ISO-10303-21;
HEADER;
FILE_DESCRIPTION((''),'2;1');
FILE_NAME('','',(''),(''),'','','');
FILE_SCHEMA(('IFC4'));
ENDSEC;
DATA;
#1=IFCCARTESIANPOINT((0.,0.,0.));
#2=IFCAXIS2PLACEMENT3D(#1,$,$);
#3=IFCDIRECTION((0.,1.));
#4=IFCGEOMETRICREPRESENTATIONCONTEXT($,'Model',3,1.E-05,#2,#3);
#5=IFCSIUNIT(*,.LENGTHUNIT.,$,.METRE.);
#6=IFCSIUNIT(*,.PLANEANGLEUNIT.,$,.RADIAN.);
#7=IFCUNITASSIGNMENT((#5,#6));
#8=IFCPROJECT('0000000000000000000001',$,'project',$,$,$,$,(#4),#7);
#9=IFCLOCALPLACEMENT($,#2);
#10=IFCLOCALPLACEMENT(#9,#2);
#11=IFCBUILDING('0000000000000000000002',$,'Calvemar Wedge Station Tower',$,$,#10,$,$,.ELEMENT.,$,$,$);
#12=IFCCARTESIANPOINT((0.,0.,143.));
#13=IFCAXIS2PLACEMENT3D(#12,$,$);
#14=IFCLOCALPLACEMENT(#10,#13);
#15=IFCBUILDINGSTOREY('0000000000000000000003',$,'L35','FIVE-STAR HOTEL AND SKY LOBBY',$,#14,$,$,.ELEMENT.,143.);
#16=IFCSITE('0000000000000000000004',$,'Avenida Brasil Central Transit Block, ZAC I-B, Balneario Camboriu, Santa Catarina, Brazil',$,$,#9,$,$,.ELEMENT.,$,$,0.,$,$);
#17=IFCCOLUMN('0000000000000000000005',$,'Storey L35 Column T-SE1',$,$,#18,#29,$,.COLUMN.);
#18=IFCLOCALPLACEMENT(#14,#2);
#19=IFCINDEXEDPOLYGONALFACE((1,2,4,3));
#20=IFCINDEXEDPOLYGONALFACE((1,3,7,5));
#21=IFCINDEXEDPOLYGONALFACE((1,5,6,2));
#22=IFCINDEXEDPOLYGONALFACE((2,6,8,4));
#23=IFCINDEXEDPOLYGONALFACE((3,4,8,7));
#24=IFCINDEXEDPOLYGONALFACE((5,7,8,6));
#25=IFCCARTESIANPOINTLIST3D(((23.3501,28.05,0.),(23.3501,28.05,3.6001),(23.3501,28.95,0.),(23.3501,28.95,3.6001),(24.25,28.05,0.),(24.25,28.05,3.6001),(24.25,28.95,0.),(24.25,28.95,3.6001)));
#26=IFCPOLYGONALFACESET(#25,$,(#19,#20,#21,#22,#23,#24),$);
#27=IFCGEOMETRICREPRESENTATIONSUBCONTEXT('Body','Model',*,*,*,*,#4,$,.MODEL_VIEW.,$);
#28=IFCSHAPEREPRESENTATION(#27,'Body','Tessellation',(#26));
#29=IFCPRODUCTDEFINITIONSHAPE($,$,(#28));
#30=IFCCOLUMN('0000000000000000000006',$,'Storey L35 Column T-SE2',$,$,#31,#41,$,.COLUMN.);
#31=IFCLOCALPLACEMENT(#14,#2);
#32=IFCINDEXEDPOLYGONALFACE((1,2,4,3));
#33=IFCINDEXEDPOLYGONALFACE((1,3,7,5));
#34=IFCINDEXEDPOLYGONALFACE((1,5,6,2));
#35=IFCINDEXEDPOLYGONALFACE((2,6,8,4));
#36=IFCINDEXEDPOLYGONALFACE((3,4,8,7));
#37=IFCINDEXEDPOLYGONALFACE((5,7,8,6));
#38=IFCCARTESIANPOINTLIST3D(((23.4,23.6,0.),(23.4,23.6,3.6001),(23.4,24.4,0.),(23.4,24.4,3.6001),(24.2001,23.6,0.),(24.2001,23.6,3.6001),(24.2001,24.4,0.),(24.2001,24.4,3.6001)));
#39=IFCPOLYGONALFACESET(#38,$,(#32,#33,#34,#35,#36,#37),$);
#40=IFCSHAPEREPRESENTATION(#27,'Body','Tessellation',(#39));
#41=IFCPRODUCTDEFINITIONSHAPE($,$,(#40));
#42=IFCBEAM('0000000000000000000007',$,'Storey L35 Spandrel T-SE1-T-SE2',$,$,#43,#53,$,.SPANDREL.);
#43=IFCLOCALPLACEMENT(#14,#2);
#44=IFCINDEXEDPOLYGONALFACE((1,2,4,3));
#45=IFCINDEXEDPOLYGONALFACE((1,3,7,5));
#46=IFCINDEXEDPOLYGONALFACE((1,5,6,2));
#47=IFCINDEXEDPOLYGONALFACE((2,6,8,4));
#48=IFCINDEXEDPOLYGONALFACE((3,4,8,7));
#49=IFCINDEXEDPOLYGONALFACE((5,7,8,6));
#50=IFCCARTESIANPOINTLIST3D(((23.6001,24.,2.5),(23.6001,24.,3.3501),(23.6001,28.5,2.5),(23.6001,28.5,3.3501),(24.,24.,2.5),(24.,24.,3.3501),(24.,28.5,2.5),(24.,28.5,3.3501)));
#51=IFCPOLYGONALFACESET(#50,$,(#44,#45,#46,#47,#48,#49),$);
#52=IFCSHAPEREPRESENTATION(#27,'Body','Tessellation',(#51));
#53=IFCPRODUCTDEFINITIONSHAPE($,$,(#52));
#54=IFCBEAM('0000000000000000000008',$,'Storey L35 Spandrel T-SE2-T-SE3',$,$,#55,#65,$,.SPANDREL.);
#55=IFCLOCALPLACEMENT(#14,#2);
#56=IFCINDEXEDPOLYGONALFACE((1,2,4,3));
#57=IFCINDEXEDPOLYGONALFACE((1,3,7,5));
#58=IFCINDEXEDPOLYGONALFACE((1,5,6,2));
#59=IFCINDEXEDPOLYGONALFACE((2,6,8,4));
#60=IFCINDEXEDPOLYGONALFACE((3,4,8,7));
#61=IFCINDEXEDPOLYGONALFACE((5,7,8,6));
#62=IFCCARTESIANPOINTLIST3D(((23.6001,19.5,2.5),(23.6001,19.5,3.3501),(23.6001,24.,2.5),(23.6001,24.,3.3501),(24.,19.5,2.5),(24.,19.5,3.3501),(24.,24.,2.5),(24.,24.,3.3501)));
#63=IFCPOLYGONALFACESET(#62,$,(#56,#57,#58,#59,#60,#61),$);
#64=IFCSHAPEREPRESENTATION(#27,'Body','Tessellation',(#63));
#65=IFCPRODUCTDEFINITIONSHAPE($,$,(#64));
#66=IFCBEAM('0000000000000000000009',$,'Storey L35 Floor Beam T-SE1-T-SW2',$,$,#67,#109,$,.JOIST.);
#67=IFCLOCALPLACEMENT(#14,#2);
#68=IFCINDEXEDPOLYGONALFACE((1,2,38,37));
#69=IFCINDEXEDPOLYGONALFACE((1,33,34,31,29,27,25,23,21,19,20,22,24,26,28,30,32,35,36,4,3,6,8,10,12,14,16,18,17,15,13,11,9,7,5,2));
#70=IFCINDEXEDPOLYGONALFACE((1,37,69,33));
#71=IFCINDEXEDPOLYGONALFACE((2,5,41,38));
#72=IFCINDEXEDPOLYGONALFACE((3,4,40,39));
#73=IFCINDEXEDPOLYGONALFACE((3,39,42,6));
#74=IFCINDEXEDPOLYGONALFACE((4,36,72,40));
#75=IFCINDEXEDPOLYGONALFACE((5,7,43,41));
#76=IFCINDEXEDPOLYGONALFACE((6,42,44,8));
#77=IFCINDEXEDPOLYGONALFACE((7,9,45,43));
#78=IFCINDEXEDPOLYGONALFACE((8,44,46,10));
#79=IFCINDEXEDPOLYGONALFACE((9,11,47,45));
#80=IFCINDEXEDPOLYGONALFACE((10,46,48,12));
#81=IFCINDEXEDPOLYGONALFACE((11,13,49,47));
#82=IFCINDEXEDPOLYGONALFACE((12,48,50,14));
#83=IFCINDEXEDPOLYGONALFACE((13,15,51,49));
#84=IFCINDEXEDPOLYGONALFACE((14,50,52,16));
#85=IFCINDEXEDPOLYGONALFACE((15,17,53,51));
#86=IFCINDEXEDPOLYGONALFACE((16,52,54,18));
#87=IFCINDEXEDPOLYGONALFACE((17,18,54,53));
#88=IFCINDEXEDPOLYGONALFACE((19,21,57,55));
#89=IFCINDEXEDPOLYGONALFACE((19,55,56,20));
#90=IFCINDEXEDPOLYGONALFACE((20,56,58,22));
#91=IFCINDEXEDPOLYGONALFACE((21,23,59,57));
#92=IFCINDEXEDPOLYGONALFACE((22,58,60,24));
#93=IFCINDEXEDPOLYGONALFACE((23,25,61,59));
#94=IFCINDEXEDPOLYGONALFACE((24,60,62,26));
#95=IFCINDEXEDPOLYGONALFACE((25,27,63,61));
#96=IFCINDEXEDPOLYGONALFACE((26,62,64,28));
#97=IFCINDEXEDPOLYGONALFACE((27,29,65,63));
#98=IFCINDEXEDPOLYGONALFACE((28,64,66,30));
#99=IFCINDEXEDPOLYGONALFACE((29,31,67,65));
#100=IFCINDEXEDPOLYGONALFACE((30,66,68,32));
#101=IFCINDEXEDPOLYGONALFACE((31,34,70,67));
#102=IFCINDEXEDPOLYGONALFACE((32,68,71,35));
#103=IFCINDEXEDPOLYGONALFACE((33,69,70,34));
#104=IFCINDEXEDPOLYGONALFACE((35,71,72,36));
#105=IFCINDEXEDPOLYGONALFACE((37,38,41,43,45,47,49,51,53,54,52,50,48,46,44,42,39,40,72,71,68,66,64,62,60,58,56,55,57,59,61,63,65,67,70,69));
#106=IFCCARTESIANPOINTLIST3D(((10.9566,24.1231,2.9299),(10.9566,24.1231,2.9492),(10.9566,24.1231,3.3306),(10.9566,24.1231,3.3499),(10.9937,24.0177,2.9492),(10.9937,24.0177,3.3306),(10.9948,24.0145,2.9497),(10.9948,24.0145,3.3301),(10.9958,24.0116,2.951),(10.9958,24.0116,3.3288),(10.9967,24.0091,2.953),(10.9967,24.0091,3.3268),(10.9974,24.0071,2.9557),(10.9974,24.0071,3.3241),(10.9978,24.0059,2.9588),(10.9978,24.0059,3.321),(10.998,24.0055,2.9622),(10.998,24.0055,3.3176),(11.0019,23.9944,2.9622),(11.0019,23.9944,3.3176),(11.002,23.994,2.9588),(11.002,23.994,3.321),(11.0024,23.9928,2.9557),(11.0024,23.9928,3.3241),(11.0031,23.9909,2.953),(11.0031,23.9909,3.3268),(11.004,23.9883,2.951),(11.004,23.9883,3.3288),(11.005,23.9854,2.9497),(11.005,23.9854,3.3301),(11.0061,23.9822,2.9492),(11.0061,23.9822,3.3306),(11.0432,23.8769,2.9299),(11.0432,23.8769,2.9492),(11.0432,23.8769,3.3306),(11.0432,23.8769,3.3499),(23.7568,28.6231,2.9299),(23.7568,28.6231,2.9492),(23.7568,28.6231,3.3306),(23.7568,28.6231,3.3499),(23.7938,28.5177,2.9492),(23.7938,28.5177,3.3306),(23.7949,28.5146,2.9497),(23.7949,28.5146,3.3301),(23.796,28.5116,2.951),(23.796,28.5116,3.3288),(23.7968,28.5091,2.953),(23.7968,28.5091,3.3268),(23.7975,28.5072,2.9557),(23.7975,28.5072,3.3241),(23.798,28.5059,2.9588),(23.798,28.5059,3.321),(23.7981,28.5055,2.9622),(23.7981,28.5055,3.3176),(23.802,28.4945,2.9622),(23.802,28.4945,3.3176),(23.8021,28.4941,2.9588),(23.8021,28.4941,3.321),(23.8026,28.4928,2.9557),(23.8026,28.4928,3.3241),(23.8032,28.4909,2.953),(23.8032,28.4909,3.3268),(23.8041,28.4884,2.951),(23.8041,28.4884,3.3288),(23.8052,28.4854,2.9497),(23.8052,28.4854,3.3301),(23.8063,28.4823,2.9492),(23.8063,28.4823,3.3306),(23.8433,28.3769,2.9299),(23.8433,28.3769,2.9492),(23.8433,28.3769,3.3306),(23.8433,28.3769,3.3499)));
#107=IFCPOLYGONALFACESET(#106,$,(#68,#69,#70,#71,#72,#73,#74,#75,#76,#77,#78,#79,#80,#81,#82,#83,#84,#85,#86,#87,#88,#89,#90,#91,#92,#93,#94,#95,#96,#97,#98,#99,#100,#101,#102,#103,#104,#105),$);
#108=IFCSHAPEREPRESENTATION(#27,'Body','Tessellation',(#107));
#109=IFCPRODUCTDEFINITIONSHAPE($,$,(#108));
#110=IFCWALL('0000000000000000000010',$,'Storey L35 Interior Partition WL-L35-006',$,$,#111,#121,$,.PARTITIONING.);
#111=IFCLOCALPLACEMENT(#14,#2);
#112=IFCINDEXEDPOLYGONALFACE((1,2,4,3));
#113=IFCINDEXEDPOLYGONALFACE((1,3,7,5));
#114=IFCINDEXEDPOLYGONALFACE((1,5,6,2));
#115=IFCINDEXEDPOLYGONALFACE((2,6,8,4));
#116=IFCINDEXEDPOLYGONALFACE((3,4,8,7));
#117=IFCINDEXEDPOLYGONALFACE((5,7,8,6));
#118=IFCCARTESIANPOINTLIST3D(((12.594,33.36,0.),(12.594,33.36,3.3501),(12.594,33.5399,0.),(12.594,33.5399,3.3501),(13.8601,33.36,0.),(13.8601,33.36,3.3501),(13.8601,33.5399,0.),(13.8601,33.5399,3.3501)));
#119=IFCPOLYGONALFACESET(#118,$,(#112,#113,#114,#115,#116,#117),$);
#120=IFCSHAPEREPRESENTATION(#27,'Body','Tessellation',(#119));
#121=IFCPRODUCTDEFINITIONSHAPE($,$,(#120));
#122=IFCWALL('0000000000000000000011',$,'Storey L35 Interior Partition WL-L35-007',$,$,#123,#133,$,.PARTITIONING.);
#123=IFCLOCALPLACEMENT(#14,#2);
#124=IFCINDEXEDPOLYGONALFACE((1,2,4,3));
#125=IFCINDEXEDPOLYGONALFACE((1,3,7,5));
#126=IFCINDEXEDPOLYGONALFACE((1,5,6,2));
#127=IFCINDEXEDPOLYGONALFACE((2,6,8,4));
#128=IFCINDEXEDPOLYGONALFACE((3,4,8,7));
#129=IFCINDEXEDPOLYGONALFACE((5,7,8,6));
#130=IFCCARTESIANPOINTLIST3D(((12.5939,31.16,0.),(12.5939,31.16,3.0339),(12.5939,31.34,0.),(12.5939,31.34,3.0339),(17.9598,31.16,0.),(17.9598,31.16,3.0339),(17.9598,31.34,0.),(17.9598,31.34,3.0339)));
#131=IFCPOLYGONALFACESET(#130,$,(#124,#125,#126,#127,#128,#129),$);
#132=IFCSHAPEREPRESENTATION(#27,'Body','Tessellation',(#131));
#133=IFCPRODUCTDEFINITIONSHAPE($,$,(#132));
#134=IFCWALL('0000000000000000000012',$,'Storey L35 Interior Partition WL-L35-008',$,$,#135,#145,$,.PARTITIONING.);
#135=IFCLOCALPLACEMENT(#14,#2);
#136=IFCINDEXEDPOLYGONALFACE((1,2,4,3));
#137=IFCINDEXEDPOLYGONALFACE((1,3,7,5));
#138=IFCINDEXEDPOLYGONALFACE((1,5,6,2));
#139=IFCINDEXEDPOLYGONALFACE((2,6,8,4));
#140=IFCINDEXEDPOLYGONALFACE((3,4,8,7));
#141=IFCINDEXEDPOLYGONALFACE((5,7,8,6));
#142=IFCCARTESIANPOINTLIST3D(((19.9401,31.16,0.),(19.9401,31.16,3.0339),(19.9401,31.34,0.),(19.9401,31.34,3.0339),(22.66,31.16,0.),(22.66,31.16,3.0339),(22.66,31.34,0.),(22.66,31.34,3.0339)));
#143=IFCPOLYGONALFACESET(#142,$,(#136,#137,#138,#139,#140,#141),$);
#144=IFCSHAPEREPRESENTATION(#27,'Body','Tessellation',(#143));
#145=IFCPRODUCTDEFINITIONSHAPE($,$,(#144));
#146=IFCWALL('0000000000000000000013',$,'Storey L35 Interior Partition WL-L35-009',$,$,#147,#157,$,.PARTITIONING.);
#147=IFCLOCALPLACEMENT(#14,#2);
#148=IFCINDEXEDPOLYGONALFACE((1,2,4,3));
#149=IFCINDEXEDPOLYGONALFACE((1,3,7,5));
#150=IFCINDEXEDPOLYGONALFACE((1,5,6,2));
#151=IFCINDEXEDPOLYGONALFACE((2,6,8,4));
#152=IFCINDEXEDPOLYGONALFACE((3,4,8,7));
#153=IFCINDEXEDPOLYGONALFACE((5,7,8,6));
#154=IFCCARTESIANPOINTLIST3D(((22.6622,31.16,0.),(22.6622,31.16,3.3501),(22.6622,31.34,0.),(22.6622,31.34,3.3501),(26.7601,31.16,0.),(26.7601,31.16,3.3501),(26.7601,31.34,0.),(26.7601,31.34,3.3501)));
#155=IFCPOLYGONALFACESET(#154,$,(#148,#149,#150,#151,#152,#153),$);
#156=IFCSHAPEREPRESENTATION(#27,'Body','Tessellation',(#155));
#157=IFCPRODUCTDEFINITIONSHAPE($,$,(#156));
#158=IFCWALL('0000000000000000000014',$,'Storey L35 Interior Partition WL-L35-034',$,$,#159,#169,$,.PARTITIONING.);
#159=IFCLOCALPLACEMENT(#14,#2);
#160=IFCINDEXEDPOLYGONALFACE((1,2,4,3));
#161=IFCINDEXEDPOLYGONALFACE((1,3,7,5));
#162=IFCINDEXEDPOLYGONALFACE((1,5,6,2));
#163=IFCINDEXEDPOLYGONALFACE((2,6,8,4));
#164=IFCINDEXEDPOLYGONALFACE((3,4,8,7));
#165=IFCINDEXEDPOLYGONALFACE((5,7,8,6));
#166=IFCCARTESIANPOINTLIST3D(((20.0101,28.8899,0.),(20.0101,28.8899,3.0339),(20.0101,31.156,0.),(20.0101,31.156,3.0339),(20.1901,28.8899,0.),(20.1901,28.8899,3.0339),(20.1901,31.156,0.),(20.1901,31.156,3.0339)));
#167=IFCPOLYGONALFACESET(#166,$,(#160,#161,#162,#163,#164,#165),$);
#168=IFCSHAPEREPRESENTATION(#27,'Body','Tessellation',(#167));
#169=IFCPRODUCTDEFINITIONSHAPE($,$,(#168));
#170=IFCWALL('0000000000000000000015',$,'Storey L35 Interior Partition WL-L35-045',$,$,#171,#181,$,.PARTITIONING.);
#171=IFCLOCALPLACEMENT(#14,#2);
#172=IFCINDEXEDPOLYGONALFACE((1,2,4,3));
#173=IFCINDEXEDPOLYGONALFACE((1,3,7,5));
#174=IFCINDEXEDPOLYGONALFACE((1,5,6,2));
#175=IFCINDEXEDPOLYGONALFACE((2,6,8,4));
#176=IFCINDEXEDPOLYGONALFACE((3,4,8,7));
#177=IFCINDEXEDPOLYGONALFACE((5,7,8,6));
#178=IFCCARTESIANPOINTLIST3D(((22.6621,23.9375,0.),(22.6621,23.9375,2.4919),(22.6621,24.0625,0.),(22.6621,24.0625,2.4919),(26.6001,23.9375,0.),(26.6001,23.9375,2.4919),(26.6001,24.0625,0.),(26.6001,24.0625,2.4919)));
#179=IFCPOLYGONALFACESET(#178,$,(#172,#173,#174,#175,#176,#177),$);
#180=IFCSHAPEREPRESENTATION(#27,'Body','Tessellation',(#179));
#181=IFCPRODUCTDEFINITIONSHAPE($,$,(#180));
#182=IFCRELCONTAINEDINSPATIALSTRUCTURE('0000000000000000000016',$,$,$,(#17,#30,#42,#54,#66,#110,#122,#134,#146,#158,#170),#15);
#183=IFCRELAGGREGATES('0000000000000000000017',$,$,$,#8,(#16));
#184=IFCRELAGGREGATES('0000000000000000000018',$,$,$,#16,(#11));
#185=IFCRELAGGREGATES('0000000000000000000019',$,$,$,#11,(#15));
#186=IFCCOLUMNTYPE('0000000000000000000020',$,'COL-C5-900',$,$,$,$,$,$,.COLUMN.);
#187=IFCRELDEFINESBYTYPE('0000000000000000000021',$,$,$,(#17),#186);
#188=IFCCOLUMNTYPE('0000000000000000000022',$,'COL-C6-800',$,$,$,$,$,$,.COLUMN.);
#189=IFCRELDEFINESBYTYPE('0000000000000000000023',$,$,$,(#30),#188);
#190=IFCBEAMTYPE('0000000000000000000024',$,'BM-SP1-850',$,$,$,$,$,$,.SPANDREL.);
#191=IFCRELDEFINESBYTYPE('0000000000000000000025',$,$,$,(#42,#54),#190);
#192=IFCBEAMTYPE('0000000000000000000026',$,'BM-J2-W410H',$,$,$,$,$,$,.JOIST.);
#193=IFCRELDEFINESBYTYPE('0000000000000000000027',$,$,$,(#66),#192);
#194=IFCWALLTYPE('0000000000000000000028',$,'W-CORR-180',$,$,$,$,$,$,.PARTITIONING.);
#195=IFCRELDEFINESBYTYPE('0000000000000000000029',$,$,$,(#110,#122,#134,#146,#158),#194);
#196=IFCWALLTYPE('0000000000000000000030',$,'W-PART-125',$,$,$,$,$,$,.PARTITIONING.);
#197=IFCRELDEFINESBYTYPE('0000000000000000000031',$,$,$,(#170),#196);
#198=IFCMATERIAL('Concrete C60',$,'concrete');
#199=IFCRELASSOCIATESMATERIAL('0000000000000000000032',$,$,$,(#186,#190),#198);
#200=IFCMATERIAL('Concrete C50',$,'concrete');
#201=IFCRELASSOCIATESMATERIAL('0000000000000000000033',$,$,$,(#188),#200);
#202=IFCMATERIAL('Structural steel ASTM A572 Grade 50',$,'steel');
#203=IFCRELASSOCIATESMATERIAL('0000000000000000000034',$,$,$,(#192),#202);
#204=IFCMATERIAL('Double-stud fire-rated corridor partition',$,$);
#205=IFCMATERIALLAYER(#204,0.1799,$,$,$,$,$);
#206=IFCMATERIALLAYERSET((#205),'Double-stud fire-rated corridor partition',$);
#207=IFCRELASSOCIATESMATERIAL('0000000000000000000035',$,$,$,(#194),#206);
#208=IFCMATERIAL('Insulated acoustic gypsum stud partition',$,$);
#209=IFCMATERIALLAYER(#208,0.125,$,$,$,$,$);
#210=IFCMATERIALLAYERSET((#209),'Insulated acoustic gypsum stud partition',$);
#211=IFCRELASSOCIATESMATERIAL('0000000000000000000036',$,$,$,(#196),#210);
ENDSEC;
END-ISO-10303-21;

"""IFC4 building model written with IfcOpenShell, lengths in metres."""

from ifc_helpers import new_model, si_unit, direction, frame, frame_2d, origin, origin_2d, place, context, subcontext, project, spatial, rectangle, i_section, extrude, source, transform, mapped, material, layer, layer_set, material_profile, profile_set, type_object, element, save


model = new_model("IFC4")

# Units and contexts
model_context = context("Model", 3, precision=1e-05, world=origin(), true_north=direction((0.0, 1.0)))
body_context = subcontext(model_context, "Body", "Model", "MODEL_VIEW")
ifc_project = project(units=[si_unit("LENGTHUNIT", "METRE"), si_unit("PLANEANGLEUNIT", "RADIAN")], contexts=[model_context])

# Site, building, storey
site_placement = place(None, origin())
site = spatial("IfcSite", under=ifc_project, at=site_placement, Name="Avenida Brasil Central Transit Block, ZAC I-B, Balneario Camboriu, Santa Catarina, Brazil", CompositionType="ELEMENT", RefElevation=0.0)
building_placement = place(site_placement, origin())
building = spatial("IfcBuilding", under=site, at=building_placement, Name="Calvemar Wedge Station Tower", CompositionType="ELEMENT")
storey_placement = place(building_placement, frame((0.0, 0.0, 143.0)))
storey = spatial("IfcBuildingStorey", under=building, at=storey_placement, Name="L35", Description="FIVE-STAR HOTEL AND SKY LOBBY", CompositionType="ELEMENT", Elevation=143.0)

# Columns
ifc_material_1 = material(Name="Concrete C60", Category="concrete")
ifc_material_profile_1 = material_profile(ifc_material_1, rectangle(XDim=0.8999, YDim=0.8999, at=origin_2d()), Name="RC900x900")
ifc_profile_set_1 = profile_set([ifc_material_profile_1], Name="Concrete C60")
column_type_1 = type_object("IfcColumnType", Name="COL-C5-900", PredefinedType="COLUMN", material=ifc_profile_set_1)
shared_shape_1 = source(origin(), body_context, "Body", "SweptSolid", [
    extrude(rectangle(XDim=0.8999, YDim=0.8999, at=origin_2d()), origin(), (0.0, 0.0, 1.0), 3.6001),
])
column_1_placement = place(storey_placement, frame((23.8, 28.5, 0.0), z_axis=(0.0, 0.0, 1.0), x_axis=(1.0, 0.0, 0.0)))
element("IfcColumn", 1, at=column_1_placement, inside=storey, type_object=column_type_1, Name="Storey L35 Column T-SE1", PredefinedType="COLUMN", context=body_context, shape_type="MappedRepresentation", body=[
    mapped(shared_shape_1, transform((0.0, 0.0, 0.0), scale=1.0)),
])
ifc_material_2 = material(Name="Concrete C50", Category="concrete")
ifc_material_profile_2 = material_profile(ifc_material_2, rectangle(XDim=0.8, YDim=0.8, at=origin_2d()), Name="RC800x800")
ifc_profile_set_2 = profile_set([ifc_material_profile_2], Name="Concrete C50")
column_type_2 = type_object("IfcColumnType", Name="COL-C6-800", PredefinedType="COLUMN", material=ifc_profile_set_2)
shared_shape_2 = source(origin(), body_context, "Body", "SweptSolid", [
    extrude(rectangle(XDim=0.8, YDim=0.8, at=origin_2d()), origin(), (0.0, 0.0, 1.0), 3.6001),
])
column_2_placement = place(storey_placement, frame((23.8, 24.0, 0.0), z_axis=(0.0, 0.0, 1.0), x_axis=(1.0, 0.0, 0.0)))
element("IfcColumn", 2, at=column_2_placement, inside=storey, type_object=column_type_2, Name="Storey L35 Column T-SE2", PredefinedType="COLUMN", context=body_context, shape_type="MappedRepresentation", body=[
    mapped(shared_shape_2, transform((0.0, 0.0, 0.0), scale=1.0)),
])

# Beams
ifc_material_profile_3 = material_profile(ifc_material_1, rectangle(XDim=0.3999, YDim=0.8501, at=origin_2d()), Name="RC400x850")
ifc_profile_set_3 = profile_set([ifc_material_profile_3], Name="Concrete C60")
beam_type_1 = type_object("IfcBeamType", Name="BM-SP1-850", PredefinedType="SPANDREL", material=ifc_profile_set_3)
shared_shape_3 = source(origin(), body_context, "Body", "SweptSolid", [
    extrude(rectangle(XDim=0.3999, YDim=0.8501, at=origin_2d()), origin(), (0.0, 0.0, 1.0), 4.5),
])
for number, where, z_axis, x_axis, name in (
    (3, (23.8, 28.5, 2.925), (0.0, -1.0, 0.0), (1.0, 0.0, 0.0), "Storey L35 Spandrel T-SE1-T-SE2"),
    (4, (23.8, 24.0, 2.925), (0.0, -1.0, 0.0), (1.0, 0.0, 0.0), "Storey L35 Spandrel T-SE2-T-SE3"),
):
    element("IfcBeam", number, at=place(storey_placement, frame(where, z_axis=z_axis, x_axis=x_axis)), inside=storey, type_object=beam_type_1, Name=name, PredefinedType="SPANDREL", context=body_context, shape_type="MappedRepresentation", body=[
        mapped(shared_shape_3, transform((0.0, 0.0, 0.0), scale=1.0)),
    ])
ifc_material_3 = material(Name="Structural steel ASTM A572 Grade 50", Category="steel")
ifc_material_profile_4 = material_profile(ifc_material_3, i_section(OverallWidth=0.261, OverallDepth=0.4199, WebThickness=0.0117, FlangeThickness=0.0193, FilletRadius=0.0129, at=origin_2d()), Name="W410x114")
ifc_profile_set_4 = profile_set([ifc_material_profile_4], Name="Structural steel ASTM A572 Grade 50")
beam_type_2 = type_object("IfcBeamType", Name="BM-J2-W410H", PredefinedType="JOIST", material=ifc_profile_set_4)
shared_shape_4 = source(origin(), body_context, "Body", "SweptSolid", [
    extrude(i_section(OverallWidth=0.261, OverallDepth=0.4199, WebThickness=0.0117, FlangeThickness=0.0193, FilletRadius=0.0129, at=origin_2d()), origin(), (0.0, 0.0, 1.0), 13.5681),
])
beam_placement = place(storey_placement, frame((23.8, 28.5, 3.1399), z_axis=(-0.943398, -0.331662, 0.0), x_axis=(0.331662, -0.943398, 0.0)))
element("IfcBeam", 5, at=beam_placement, inside=storey, type_object=beam_type_2, Name="Storey L35 Floor Beam T-SE1-T-SW2", PredefinedType="JOIST", context=body_context, shape_type="MappedRepresentation", body=[
    mapped(shared_shape_4, transform((0.0, 0.0, 0.0), scale=1.0)),
])

# Walls
ifc_material_4 = material(Name="Double-stud fire-rated corridor partition")
ifc_layer_1 = layer(ifc_material_4, 0.1799)
ifc_layer_set_1 = layer_set([ifc_layer_1], Name="Double-stud fire-rated corridor partition")
wall_type_1 = type_object("IfcWallType", Name="W-CORR-180", PredefinedType="PARTITIONING", material=ifc_layer_set_1)
wall_1_placement = place(storey_placement, frame((12.594, 33.45, 0.0), z_axis=(0.0, 0.0, 1.0), x_axis=(1.0, 0.0, 0.0)))
element("IfcWall", 6, at=wall_1_placement, inside=storey, type_object=wall_type_1, Name="Storey L35 Interior Partition WL-L35-006", PredefinedType="PARTITIONING", context=body_context, shape_type="SweptSolid", body=[
    extrude(rectangle(XDim=1.2661, YDim=0.1799, at=frame_2d((0.6331, 0.0))), origin(), (0.0, 0.0, 1.0), 3.3501),
])
wall_2_placement = place(storey_placement, frame((17.96, 31.25, 0.0), z_axis=(0.0, 0.0, 1.0), x_axis=(-1.0, 0.0, 0.0)))
element("IfcWall", 7, at=wall_2_placement, inside=storey, type_object=wall_type_1, Name="Storey L35 Interior Partition WL-L35-007", PredefinedType="PARTITIONING", context=body_context, shape_type="SweptSolid", body=[
    extrude(rectangle(XDim=5.366, YDim=0.1799, at=frame_2d((2.6831, 0.0))), origin(), (0.0, 0.0, 1.0), 3.0339),
])
wall_3_placement = place(storey_placement, frame((22.6599, 31.25, 0.0), z_axis=(0.0, 0.0, 1.0), x_axis=(-1.0, 0.0, 0.0)))
element("IfcWall", 8, at=wall_3_placement, inside=storey, type_object=wall_type_1, Name="Storey L35 Interior Partition WL-L35-008", PredefinedType="PARTITIONING", context=body_context, shape_type="SweptSolid", body=[
    extrude(rectangle(XDim=2.72, YDim=0.1799, at=frame_2d((1.3599, 0.0))), origin(), (0.0, 0.0, 1.0), 3.0339),
])
wall_4_placement = place(storey_placement, frame((26.76, 31.25, 0.0), z_axis=(0.0, 0.0, 1.0), x_axis=(-1.0, 0.0, 0.0)))
element("IfcWall", 9, at=wall_4_placement, inside=storey, type_object=wall_type_1, Name="Storey L35 Interior Partition WL-L35-009", PredefinedType="PARTITIONING", context=body_context, shape_type="SweptSolid", body=[
    extrude(rectangle(XDim=4.0979, YDim=0.1799, at=frame_2d((2.0488, 0.0))), origin(), (0.0, 0.0, 1.0), 3.3501),
])
wall_5_placement = place(storey_placement, frame((20.1001, 31.156, 0.0), z_axis=(0.0, 0.0, 1.0), x_axis=(0.0, -1.0, 0.0)))
element("IfcWall", 10, at=wall_5_placement, inside=storey, type_object=wall_type_1, Name="Storey L35 Interior Partition WL-L35-034", PredefinedType="PARTITIONING", context=body_context, shape_type="SweptSolid", body=[
    extrude(rectangle(XDim=2.2661, YDim=0.1799, at=frame_2d((1.1331, 0.0))), origin(), (0.0, 0.0, 1.0), 3.0339),
])

# Wall
ifc_material_5 = material(Name="Insulated acoustic gypsum stud partition")
ifc_layer_2 = layer(ifc_material_5, 0.125)
ifc_layer_set_2 = layer_set([ifc_layer_2], Name="Insulated acoustic gypsum stud partition")
wall_type_2 = type_object("IfcWallType", Name="W-PART-125", PredefinedType="PARTITIONING", material=ifc_layer_set_2)
wall_6_placement = place(storey_placement, frame((26.6001, 24.0, 0.0), z_axis=(0.0, 0.0, 1.0), x_axis=(-1.0, 0.0, 0.0)))
element("IfcWall", 11, at=wall_6_placement, inside=storey, type_object=wall_type_2, Name="Storey L35 Interior Partition WL-L35-045", PredefinedType="PARTITIONING", context=body_context, shape_type="SweptSolid", body=[
    extrude(rectangle(XDim=3.938, YDim=0.125, at=frame_2d((1.969, 0.0))), origin(), (0.0, 0.0, 1.0), 2.4919),
])

save(model, "model.ifc")
